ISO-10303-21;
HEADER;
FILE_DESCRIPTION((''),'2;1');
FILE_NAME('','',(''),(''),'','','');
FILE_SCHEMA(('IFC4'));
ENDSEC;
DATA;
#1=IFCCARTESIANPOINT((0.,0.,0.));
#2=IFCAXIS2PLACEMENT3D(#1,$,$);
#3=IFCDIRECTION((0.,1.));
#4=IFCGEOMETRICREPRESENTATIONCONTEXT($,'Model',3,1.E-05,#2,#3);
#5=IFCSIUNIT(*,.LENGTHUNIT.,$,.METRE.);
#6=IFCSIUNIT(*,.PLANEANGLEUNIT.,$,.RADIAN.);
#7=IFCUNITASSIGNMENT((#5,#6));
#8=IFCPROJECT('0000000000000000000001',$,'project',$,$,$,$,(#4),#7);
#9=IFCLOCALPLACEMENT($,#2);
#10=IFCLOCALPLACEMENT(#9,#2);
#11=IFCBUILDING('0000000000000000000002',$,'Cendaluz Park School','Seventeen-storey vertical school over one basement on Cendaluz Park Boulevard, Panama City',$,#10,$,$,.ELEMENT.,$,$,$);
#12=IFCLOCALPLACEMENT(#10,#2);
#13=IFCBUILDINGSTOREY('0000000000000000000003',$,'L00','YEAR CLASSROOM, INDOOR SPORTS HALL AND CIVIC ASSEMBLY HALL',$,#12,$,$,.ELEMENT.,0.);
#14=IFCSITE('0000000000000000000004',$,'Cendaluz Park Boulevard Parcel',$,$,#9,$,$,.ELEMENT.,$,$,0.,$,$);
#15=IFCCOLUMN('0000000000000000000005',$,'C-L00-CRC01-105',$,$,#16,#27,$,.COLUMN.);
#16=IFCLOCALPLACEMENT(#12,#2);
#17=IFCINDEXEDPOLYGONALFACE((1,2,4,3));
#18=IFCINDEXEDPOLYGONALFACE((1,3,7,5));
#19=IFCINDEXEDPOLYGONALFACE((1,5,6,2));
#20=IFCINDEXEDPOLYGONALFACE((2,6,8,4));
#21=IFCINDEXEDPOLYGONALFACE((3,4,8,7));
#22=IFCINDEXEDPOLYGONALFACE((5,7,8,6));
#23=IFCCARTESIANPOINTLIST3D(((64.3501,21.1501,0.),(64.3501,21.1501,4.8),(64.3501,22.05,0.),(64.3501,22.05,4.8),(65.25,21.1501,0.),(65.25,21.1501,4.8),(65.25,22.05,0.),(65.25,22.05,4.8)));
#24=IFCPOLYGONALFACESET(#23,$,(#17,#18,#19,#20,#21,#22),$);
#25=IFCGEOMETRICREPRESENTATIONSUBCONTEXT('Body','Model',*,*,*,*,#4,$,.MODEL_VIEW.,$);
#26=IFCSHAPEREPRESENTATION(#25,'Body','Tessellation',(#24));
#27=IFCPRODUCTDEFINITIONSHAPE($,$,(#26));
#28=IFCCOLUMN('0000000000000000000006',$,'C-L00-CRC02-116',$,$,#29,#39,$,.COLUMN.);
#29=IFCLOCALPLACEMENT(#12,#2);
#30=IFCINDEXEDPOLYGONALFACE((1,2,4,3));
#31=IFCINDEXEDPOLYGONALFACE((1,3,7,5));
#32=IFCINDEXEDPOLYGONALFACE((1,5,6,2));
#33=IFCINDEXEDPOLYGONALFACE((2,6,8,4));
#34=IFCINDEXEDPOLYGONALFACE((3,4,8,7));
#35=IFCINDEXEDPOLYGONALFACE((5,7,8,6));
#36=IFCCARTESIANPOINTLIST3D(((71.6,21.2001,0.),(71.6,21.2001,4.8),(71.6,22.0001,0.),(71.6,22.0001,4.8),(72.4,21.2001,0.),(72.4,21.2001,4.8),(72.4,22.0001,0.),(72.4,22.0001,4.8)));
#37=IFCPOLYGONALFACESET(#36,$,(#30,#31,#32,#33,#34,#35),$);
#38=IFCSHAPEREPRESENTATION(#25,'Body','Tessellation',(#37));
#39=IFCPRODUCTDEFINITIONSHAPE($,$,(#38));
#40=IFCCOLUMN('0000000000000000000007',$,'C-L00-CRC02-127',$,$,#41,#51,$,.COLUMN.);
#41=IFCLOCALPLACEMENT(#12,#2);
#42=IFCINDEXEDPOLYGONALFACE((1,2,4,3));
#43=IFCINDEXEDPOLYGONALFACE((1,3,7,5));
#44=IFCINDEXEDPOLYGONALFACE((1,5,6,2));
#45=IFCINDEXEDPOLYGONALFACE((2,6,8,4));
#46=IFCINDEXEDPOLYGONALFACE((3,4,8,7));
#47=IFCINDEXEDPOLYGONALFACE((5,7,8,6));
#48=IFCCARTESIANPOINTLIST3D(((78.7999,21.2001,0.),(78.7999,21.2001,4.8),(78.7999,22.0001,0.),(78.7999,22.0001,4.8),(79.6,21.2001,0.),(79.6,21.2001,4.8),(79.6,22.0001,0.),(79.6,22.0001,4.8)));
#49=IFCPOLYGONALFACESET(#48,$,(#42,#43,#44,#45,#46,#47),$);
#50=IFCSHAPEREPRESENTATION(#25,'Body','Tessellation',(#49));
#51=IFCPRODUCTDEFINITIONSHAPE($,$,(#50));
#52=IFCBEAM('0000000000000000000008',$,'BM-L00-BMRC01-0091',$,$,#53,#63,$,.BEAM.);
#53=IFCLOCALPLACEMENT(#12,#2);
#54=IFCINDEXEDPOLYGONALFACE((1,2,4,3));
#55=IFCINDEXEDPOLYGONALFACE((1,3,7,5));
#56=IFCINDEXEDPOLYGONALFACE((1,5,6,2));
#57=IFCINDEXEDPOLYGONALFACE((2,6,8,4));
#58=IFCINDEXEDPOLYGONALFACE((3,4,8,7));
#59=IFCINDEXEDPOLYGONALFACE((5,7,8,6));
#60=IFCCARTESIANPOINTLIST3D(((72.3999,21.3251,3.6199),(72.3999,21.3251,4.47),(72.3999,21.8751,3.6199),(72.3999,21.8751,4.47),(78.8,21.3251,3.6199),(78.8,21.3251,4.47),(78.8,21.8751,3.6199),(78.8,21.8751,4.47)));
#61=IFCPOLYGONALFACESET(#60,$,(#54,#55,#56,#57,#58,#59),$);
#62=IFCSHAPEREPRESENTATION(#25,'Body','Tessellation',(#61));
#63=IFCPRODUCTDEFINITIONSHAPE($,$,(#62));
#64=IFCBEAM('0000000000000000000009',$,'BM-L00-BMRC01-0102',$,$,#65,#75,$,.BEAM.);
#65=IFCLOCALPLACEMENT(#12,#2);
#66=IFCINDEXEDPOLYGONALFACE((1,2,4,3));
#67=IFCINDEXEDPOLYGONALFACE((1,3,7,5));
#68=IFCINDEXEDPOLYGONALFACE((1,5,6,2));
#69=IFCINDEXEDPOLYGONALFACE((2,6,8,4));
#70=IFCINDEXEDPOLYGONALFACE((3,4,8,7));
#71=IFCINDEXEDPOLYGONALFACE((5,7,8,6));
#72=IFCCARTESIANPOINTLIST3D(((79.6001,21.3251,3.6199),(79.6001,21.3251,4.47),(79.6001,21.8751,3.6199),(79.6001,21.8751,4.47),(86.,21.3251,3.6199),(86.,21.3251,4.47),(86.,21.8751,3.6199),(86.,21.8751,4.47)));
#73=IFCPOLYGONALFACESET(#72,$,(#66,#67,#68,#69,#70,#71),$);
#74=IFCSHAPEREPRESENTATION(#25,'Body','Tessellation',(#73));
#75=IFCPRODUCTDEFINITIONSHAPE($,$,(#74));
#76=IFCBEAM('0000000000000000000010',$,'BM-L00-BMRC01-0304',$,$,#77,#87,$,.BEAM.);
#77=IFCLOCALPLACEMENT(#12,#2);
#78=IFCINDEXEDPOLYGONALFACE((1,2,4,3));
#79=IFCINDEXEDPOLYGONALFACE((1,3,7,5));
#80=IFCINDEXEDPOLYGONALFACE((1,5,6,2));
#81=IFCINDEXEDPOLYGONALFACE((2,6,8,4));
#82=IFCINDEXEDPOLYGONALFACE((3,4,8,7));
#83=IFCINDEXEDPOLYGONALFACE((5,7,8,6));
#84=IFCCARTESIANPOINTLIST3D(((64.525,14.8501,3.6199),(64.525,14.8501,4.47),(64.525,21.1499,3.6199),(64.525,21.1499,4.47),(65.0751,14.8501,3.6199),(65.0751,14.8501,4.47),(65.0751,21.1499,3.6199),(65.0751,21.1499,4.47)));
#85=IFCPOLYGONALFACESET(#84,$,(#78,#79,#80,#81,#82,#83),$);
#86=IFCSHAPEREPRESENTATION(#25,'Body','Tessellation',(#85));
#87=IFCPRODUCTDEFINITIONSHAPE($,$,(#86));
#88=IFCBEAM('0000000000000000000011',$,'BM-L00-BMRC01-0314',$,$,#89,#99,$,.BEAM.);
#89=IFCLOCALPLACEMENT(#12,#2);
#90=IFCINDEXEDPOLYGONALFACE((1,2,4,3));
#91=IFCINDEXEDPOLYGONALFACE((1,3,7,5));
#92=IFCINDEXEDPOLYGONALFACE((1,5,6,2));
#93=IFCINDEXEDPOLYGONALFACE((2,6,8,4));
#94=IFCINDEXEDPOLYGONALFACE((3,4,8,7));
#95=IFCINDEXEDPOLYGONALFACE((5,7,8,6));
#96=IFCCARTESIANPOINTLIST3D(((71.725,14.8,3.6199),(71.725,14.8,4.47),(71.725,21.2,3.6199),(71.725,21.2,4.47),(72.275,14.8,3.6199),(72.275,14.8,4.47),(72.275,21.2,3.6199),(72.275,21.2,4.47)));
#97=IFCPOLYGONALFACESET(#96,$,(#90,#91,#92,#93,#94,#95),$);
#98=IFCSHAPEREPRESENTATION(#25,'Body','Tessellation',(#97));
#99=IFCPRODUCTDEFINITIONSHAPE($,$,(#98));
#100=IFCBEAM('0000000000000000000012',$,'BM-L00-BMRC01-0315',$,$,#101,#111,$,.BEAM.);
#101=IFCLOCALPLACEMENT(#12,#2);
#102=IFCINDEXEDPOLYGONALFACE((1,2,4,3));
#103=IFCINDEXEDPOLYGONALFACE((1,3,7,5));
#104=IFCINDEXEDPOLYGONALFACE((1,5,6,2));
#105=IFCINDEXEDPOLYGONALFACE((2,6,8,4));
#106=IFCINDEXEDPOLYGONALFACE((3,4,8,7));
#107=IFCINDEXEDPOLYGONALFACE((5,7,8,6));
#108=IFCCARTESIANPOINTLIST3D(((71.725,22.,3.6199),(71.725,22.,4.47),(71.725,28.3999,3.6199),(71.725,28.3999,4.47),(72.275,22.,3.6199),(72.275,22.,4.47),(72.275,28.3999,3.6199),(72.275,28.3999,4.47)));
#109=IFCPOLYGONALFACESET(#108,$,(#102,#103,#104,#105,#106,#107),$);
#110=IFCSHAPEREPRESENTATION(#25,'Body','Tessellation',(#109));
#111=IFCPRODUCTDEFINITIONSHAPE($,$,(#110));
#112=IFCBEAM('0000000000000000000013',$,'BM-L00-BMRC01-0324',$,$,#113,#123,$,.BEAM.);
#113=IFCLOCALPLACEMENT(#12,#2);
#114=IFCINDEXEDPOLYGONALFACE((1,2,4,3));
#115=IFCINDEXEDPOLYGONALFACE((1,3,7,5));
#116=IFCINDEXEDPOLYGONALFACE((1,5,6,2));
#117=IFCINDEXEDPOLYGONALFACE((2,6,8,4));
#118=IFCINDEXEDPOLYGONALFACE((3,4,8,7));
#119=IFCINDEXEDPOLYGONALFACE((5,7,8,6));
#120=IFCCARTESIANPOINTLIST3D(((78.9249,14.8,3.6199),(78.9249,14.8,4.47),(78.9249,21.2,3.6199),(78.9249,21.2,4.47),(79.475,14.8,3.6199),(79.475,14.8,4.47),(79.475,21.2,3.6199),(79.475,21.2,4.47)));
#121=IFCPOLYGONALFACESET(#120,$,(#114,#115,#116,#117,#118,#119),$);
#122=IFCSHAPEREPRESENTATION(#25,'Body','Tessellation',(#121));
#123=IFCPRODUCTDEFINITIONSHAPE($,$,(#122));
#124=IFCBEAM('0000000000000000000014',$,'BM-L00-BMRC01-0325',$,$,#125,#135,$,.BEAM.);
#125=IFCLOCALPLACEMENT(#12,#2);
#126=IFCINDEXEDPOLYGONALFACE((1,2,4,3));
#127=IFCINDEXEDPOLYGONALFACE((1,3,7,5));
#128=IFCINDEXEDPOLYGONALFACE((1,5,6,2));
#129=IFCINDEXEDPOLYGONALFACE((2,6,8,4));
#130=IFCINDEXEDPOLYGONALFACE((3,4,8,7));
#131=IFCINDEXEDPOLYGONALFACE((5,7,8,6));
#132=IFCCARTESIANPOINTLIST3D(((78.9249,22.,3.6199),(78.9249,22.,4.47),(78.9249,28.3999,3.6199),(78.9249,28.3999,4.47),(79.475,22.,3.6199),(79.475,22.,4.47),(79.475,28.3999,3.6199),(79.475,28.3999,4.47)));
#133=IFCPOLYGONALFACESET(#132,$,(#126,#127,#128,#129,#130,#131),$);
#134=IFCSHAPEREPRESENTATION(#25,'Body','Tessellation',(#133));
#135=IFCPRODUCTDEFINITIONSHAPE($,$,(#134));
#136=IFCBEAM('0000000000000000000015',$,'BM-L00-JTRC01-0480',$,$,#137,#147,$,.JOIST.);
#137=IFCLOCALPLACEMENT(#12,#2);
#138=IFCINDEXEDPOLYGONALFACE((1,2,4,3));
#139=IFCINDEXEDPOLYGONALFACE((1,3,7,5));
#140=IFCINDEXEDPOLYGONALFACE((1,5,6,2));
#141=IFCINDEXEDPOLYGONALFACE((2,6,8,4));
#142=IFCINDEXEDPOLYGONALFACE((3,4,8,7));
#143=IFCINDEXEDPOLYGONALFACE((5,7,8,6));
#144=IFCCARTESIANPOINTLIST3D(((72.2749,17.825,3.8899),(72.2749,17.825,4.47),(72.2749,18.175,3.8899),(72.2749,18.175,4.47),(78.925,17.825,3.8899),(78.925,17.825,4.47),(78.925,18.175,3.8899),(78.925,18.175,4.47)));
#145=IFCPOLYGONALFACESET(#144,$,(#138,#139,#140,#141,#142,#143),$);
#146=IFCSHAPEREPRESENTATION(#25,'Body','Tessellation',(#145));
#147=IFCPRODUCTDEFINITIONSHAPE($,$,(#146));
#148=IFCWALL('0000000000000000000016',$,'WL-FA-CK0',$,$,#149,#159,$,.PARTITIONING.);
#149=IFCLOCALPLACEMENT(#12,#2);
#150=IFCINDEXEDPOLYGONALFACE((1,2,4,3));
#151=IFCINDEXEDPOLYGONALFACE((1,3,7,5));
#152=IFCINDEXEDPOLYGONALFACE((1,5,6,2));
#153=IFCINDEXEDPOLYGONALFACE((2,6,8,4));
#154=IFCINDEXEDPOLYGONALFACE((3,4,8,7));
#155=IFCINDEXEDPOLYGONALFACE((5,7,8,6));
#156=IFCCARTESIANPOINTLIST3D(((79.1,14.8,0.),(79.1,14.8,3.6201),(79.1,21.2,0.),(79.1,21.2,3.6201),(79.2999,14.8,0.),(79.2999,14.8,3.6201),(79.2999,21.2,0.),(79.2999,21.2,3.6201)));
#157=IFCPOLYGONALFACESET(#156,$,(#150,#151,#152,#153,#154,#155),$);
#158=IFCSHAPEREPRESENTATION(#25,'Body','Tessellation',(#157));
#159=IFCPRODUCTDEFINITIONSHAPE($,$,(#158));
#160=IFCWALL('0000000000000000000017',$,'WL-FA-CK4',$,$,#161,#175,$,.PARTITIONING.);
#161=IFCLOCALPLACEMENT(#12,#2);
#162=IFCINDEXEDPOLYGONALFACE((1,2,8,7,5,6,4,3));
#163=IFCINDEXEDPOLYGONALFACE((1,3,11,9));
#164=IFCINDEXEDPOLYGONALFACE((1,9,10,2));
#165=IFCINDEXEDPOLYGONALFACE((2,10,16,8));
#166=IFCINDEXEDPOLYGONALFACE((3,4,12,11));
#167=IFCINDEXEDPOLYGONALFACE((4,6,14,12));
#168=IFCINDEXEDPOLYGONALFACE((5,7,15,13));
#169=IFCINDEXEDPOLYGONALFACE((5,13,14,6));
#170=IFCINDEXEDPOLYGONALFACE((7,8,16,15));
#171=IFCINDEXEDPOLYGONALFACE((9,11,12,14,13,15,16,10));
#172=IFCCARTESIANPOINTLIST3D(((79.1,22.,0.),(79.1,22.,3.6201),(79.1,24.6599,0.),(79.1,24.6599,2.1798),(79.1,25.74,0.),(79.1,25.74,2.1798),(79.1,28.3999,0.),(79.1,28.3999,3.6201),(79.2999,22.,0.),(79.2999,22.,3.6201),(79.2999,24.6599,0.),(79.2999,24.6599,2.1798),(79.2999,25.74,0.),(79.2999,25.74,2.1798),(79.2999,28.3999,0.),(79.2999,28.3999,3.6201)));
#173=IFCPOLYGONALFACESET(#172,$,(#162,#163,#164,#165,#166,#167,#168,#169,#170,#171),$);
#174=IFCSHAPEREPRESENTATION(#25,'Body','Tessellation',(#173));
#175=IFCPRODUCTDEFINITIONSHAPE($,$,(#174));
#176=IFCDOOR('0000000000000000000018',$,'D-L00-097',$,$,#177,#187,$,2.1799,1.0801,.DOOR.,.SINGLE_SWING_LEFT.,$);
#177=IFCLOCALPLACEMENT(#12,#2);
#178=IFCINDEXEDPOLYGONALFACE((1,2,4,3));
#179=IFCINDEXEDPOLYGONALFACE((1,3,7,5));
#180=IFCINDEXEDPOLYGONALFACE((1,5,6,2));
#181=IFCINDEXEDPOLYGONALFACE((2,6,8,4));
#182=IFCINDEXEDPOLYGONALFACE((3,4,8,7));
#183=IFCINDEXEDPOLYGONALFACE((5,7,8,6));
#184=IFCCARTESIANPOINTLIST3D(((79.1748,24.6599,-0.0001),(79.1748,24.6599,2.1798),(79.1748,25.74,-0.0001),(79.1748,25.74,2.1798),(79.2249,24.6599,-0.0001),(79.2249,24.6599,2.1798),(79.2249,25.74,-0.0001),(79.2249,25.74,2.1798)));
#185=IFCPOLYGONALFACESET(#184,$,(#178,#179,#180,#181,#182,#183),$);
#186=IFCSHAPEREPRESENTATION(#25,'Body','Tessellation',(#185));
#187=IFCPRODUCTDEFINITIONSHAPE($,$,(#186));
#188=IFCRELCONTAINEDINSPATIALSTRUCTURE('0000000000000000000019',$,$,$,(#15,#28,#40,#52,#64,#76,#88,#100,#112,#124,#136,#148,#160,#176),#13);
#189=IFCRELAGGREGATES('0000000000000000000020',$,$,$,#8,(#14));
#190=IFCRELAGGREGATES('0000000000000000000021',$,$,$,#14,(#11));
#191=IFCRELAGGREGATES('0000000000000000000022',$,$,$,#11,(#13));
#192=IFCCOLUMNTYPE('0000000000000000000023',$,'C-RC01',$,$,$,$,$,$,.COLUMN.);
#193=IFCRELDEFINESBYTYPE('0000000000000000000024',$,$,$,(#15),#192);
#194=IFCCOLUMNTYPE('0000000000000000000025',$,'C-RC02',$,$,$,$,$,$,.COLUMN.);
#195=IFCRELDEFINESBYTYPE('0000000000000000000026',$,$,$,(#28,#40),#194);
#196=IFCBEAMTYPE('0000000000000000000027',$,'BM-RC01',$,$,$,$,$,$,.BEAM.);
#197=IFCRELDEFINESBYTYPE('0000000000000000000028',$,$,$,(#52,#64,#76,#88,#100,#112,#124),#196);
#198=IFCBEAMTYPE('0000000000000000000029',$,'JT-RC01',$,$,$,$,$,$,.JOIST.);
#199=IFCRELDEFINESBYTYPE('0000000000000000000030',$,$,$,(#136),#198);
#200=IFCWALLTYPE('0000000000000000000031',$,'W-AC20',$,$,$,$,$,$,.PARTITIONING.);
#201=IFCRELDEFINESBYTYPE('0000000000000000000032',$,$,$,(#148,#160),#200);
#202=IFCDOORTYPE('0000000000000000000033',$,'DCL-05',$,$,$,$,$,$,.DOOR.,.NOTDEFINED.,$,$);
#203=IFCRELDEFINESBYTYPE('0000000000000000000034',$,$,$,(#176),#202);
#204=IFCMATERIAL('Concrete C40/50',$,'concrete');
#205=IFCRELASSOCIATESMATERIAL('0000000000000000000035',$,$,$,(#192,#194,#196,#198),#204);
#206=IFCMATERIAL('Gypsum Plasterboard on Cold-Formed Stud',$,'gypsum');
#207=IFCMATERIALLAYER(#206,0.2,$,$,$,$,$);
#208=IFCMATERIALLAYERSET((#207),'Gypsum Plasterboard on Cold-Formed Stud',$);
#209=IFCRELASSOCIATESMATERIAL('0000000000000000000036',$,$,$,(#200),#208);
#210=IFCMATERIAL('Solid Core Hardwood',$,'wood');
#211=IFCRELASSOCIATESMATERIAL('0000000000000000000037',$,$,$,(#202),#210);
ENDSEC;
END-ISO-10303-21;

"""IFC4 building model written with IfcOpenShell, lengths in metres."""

from ifc_helpers import new_model, si_unit, direction, frame, frame_2d, origin, origin_2d, place, context, subcontext, project, spatial, rectangle, extrude, material, layer, layer_set, material_profile, profile_set, type_object, element, fill, save


model = new_model("IFC4")

# Units and contexts
model_context = context("Model", 3, precision=1e-05, world=origin(), true_north=direction((0.0, 1.0)))
body_context = subcontext(model_context, "Body", "Model", "MODEL_VIEW")
ifc_project = project(units=[si_unit("LENGTHUNIT", "METRE"), si_unit("PLANEANGLEUNIT", "RADIAN")], contexts=[model_context])

# Site, building, storey
site_placement = place(None, origin())
site = spatial("IfcSite", under=ifc_project, at=site_placement, Name="Cendaluz Park Boulevard Parcel", CompositionType="ELEMENT", RefElevation=0.0)
building_placement = place(site_placement, origin())
building = spatial("IfcBuilding", under=site, at=building_placement, Name="Cendaluz Park School", Description="Seventeen-storey vertical school over one basement on Cendaluz Park Boulevard, Panama City", CompositionType="ELEMENT")
storey_placement = place(building_placement, origin())
storey = spatial("IfcBuildingStorey", under=building, at=storey_placement, Name="L00", Description="YEAR CLASSROOM, INDOOR SPORTS HALL AND CIVIC ASSEMBLY HALL", CompositionType="ELEMENT", Elevation=0.0)

# Columns
ifc_material_1 = material(Name="Concrete C40/50", Category="concrete")
ifc_material_profile_1 = material_profile(ifc_material_1, rectangle(XDim=0.8999, YDim=0.8999, at=origin_2d()), Name="RC 900x900", Category="concrete")
ifc_profile_set_1 = profile_set([ifc_material_profile_1], Name="Concrete C40/50")
column_type_1 = type_object("IfcColumnType", Name="C-RC01", PredefinedType="COLUMN", material=ifc_profile_set_1)
column_placement = place(storey_placement, frame((64.8, 21.6001, 0.0), z_axis=(0.0, 0.0, 1.0), x_axis=(1.0, 0.0, 0.0)))
element("IfcColumn", 1, at=column_placement, inside=storey, type_object=column_type_1, Name="C-L00-CRC01-105", PredefinedType="COLUMN", context=body_context, shape_type="SweptSolid", body=[
    extrude(rectangle(XDim=0.8999, YDim=0.8999, at=origin_2d()), origin(), (0.0, 0.0, 1.0), 4.8),
])
ifc_material_profile_2 = material_profile(ifc_material_1, rectangle(XDim=0.8, YDim=0.8, at=origin_2d()), Name="RC 800x800", Category="concrete")
ifc_profile_set_2 = profile_set([ifc_material_profile_2], Name="Concrete C40/50")
column_type_2 = type_object("IfcColumnType", Name="C-RC02", PredefinedType="COLUMN", material=ifc_profile_set_2)
for number, where, z_axis, x_axis, name in (
    (2, (72.0, 21.6001, 0.0), (0.0, 0.0, 1.0), (1.0, 0.0, 0.0), "C-L00-CRC02-116"),
    (3, (79.2, 21.6001, 0.0), (0.0, 0.0, 1.0), (1.0, 0.0, 0.0), "C-L00-CRC02-127"),
):
    element("IfcColumn", number, at=place(storey_placement, frame(where, z_axis=z_axis, x_axis=x_axis)), inside=storey, type_object=column_type_2, Name=name, PredefinedType="COLUMN", context=body_context, shape_type="SweptSolid", body=[
        extrude(rectangle(XDim=0.8, YDim=0.8, at=origin_2d()), origin(), (0.0, 0.0, 1.0), 4.8),
    ])

# Beams
ifc_material_profile_3 = material_profile(ifc_material_1, rectangle(XDim=0.55, YDim=0.8501, at=origin_2d()), Name="RC 550x850", Category="concrete")
ifc_profile_set_3 = profile_set([ifc_material_profile_3], Name="Concrete C40/50")
beam_type_1 = type_object("IfcBeamType", Name="BM-RC01", PredefinedType="BEAM", material=ifc_profile_set_3)
beam_1_placement = place(storey_placement, frame((72.3999, 21.6001, 4.0449), z_axis=(1.0, 0.0, 0.0), x_axis=(0.0, 1.0, 0.0)))
element("IfcBeam", 4, at=beam_1_placement, inside=storey, type_object=beam_type_1, Name="BM-L00-BMRC01-0091", PredefinedType="BEAM", context=body_context, shape_type="SweptSolid", body=[
    extrude(rectangle(XDim=0.55, YDim=0.8501, at=origin_2d()), origin(), (0.0, 0.0, 1.0), 6.4001),
])
beam_2_placement = place(storey_placement, frame((79.6001, 21.6001, 4.0449), z_axis=(1.0, 0.0, 0.0), x_axis=(0.0, 1.0, 0.0)))
element("IfcBeam", 5, at=beam_2_placement, inside=storey, type_object=beam_type_1, Name="BM-L00-BMRC01-0102", PredefinedType="BEAM", context=body_context, shape_type="SweptSolid", body=[
    extrude(rectangle(XDim=0.55, YDim=0.8501, at=origin_2d()), origin(), (0.0, 0.0, 1.0), 6.3999),
])
beam_3_placement = place(storey_placement, frame((64.8, 14.8501, 4.0449), z_axis=(0.0, 1.0, 0.0), x_axis=(-1.0, 0.0, 0.0)))
element("IfcBeam", 6, at=beam_3_placement, inside=storey, type_object=beam_type_1, Name="BM-L00-BMRC01-0304", PredefinedType="BEAM", context=body_context, shape_type="SweptSolid", body=[
    extrude(rectangle(XDim=0.55, YDim=0.8501, at=origin_2d()), origin(), (0.0, 0.0, 1.0), 6.2998),
])
for number, where, z_axis, x_axis, name in (
    (7, (72.0, 14.8, 4.0449), (0.0, 1.0, 0.0), (-1.0, 0.0, 0.0), "BM-L00-BMRC01-0314"),
    (8, (72.0, 22.0, 4.0449), (0.0, 1.0, 0.0), (-1.0, 0.0, 0.0), "BM-L00-BMRC01-0315"),
    (9, (79.2, 14.8, 4.0449), (0.0, 1.0, 0.0), (-1.0, 0.0, 0.0), "BM-L00-BMRC01-0324"),
    (10, (79.2, 22.0, 4.0449), (0.0, 1.0, 0.0), (-1.0, 0.0, 0.0), "BM-L00-BMRC01-0325"),
):
    element("IfcBeam", number, at=place(storey_placement, frame(where, z_axis=z_axis, x_axis=x_axis)), inside=storey, type_object=beam_type_1, Name=name, PredefinedType="BEAM", context=body_context, shape_type="SweptSolid", body=[
        extrude(rectangle(XDim=0.55, YDim=0.8501, at=origin_2d()), origin(), (0.0, 0.0, 1.0), 6.3999),
    ])
ifc_material_profile_4 = material_profile(ifc_material_1, rectangle(XDim=0.3501, YDim=0.5801, at=origin_2d()), Name="RC 350x580", Category="concrete")
ifc_profile_set_4 = profile_set([ifc_material_profile_4], Name="Concrete C40/50")
beam_type_2 = type_object("IfcBeamType", Name="JT-RC01", PredefinedType="JOIST", material=ifc_profile_set_4)
beam_4_placement = place(storey_placement, frame((72.2749, 18.0, 4.1799), z_axis=(1.0, 0.0, 0.0), x_axis=(0.0, 1.0, 0.0)))
element("IfcBeam", 11, at=beam_4_placement, inside=storey, type_object=beam_type_2, Name="BM-L00-JTRC01-0480", PredefinedType="JOIST", context=body_context, shape_type="SweptSolid", body=[
    extrude(rectangle(XDim=0.3501, YDim=0.5801, at=origin_2d()), origin(), (0.0, 0.0, 1.0), 6.6501),
])

# Wall
ifc_material_2 = material(Name="Gypsum Plasterboard on Cold-Formed Stud", Category="gypsum")
ifc_layer_1 = layer(ifc_material_2, 0.2)
ifc_layer_set_1 = layer_set([ifc_layer_1], Name="Gypsum Plasterboard on Cold-Formed Stud")
wall_type_1 = type_object("IfcWallType", Name="W-AC20", PredefinedType="PARTITIONING", material=ifc_layer_set_1)
wall_1_placement = place(storey_placement, frame((79.2, 14.8, 0.0), z_axis=(0.0, 0.0, 1.0), x_axis=(0.0, 1.0, 0.0)))
element("IfcWall", 12, at=wall_1_placement, inside=storey, type_object=wall_type_1, Name="WL-FA-CK0", PredefinedType="PARTITIONING", context=body_context, shape_type="SweptSolid", body=[
    extrude(rectangle(XDim=6.3999, YDim=0.2, at=frame_2d((3.2, 0.0))), origin(), (0.0, 0.0, 1.0), 3.6201),
])

# Wall, opening, door
wall_2_placement = place(storey_placement, frame((79.2, 22.0, 0.0), z_axis=(0.0, 0.0, 1.0), x_axis=(0.0, 1.0, 0.0)))
wall_2 = element("IfcWall", 13, at=wall_2_placement, inside=storey, type_object=wall_type_1, Name="WL-FA-CK4", PredefinedType="PARTITIONING", context=body_context, shape_type="SweptSolid", body=[
    extrude(rectangle(XDim=6.3999, YDim=0.2, at=frame_2d((3.2, 0.0))), origin(), (0.0, 0.0, 1.0), 3.6201),
])
opening_1_placement = place(wall_2_placement, frame((2.6599, 0.0, 0.0)))
opening_1 = element("IfcOpeningElement", 14, at=opening_1_placement, cuts=wall_2, PredefinedType="OPENING", context=body_context, shape_type="SweptSolid", body=[
    extrude(rectangle(XDim=1.0801, YDim=2.1799, at=frame_2d((0.54, 1.0898))), frame((0.0, 0.1121, 0.0), z_axis=(0.0, -1.0, 0.0), x_axis=(1.0, 0.0, 0.0)), (0.0, 0.0, 1.0), 0.2239),
])
ifc_material_3 = material(Name="Solid Core Hardwood", Category="wood")
door_type_1 = type_object("IfcDoorType", Name="DCL-05", OperationType="NOTDEFINED", PredefinedType="DOOR", material=ifc_material_3)
door_1_placement = place(opening_1_placement, frame((1.0801, 0.0, 0.0), z_axis=(0.0, 0.0, 1.0), x_axis=(-1.0, 0.0, 0.0)))
door_1 = element("IfcDoor", 15, at=door_1_placement, inside=storey, type_object=door_type_1, Name="D-L00-097", OperationType="SINGLE_SWING_LEFT", OverallHeight=2.1799, OverallWidth=1.0801, PredefinedType="DOOR", context=body_context, shape_type="SweptSolid", body=[
    extrude(rectangle(XDim=1.0801, YDim=2.1799, at=frame_2d((0.54, 1.0898))), frame((0.0, 0.0249, 0.0), z_axis=(0.0, -1.0, 0.0), x_axis=(1.0, 0.0, 0.0)), (0.0, 0.0, 1.0), 0.05),
])
fill(opening_1, door_1)

save(model, "model.ifc")
